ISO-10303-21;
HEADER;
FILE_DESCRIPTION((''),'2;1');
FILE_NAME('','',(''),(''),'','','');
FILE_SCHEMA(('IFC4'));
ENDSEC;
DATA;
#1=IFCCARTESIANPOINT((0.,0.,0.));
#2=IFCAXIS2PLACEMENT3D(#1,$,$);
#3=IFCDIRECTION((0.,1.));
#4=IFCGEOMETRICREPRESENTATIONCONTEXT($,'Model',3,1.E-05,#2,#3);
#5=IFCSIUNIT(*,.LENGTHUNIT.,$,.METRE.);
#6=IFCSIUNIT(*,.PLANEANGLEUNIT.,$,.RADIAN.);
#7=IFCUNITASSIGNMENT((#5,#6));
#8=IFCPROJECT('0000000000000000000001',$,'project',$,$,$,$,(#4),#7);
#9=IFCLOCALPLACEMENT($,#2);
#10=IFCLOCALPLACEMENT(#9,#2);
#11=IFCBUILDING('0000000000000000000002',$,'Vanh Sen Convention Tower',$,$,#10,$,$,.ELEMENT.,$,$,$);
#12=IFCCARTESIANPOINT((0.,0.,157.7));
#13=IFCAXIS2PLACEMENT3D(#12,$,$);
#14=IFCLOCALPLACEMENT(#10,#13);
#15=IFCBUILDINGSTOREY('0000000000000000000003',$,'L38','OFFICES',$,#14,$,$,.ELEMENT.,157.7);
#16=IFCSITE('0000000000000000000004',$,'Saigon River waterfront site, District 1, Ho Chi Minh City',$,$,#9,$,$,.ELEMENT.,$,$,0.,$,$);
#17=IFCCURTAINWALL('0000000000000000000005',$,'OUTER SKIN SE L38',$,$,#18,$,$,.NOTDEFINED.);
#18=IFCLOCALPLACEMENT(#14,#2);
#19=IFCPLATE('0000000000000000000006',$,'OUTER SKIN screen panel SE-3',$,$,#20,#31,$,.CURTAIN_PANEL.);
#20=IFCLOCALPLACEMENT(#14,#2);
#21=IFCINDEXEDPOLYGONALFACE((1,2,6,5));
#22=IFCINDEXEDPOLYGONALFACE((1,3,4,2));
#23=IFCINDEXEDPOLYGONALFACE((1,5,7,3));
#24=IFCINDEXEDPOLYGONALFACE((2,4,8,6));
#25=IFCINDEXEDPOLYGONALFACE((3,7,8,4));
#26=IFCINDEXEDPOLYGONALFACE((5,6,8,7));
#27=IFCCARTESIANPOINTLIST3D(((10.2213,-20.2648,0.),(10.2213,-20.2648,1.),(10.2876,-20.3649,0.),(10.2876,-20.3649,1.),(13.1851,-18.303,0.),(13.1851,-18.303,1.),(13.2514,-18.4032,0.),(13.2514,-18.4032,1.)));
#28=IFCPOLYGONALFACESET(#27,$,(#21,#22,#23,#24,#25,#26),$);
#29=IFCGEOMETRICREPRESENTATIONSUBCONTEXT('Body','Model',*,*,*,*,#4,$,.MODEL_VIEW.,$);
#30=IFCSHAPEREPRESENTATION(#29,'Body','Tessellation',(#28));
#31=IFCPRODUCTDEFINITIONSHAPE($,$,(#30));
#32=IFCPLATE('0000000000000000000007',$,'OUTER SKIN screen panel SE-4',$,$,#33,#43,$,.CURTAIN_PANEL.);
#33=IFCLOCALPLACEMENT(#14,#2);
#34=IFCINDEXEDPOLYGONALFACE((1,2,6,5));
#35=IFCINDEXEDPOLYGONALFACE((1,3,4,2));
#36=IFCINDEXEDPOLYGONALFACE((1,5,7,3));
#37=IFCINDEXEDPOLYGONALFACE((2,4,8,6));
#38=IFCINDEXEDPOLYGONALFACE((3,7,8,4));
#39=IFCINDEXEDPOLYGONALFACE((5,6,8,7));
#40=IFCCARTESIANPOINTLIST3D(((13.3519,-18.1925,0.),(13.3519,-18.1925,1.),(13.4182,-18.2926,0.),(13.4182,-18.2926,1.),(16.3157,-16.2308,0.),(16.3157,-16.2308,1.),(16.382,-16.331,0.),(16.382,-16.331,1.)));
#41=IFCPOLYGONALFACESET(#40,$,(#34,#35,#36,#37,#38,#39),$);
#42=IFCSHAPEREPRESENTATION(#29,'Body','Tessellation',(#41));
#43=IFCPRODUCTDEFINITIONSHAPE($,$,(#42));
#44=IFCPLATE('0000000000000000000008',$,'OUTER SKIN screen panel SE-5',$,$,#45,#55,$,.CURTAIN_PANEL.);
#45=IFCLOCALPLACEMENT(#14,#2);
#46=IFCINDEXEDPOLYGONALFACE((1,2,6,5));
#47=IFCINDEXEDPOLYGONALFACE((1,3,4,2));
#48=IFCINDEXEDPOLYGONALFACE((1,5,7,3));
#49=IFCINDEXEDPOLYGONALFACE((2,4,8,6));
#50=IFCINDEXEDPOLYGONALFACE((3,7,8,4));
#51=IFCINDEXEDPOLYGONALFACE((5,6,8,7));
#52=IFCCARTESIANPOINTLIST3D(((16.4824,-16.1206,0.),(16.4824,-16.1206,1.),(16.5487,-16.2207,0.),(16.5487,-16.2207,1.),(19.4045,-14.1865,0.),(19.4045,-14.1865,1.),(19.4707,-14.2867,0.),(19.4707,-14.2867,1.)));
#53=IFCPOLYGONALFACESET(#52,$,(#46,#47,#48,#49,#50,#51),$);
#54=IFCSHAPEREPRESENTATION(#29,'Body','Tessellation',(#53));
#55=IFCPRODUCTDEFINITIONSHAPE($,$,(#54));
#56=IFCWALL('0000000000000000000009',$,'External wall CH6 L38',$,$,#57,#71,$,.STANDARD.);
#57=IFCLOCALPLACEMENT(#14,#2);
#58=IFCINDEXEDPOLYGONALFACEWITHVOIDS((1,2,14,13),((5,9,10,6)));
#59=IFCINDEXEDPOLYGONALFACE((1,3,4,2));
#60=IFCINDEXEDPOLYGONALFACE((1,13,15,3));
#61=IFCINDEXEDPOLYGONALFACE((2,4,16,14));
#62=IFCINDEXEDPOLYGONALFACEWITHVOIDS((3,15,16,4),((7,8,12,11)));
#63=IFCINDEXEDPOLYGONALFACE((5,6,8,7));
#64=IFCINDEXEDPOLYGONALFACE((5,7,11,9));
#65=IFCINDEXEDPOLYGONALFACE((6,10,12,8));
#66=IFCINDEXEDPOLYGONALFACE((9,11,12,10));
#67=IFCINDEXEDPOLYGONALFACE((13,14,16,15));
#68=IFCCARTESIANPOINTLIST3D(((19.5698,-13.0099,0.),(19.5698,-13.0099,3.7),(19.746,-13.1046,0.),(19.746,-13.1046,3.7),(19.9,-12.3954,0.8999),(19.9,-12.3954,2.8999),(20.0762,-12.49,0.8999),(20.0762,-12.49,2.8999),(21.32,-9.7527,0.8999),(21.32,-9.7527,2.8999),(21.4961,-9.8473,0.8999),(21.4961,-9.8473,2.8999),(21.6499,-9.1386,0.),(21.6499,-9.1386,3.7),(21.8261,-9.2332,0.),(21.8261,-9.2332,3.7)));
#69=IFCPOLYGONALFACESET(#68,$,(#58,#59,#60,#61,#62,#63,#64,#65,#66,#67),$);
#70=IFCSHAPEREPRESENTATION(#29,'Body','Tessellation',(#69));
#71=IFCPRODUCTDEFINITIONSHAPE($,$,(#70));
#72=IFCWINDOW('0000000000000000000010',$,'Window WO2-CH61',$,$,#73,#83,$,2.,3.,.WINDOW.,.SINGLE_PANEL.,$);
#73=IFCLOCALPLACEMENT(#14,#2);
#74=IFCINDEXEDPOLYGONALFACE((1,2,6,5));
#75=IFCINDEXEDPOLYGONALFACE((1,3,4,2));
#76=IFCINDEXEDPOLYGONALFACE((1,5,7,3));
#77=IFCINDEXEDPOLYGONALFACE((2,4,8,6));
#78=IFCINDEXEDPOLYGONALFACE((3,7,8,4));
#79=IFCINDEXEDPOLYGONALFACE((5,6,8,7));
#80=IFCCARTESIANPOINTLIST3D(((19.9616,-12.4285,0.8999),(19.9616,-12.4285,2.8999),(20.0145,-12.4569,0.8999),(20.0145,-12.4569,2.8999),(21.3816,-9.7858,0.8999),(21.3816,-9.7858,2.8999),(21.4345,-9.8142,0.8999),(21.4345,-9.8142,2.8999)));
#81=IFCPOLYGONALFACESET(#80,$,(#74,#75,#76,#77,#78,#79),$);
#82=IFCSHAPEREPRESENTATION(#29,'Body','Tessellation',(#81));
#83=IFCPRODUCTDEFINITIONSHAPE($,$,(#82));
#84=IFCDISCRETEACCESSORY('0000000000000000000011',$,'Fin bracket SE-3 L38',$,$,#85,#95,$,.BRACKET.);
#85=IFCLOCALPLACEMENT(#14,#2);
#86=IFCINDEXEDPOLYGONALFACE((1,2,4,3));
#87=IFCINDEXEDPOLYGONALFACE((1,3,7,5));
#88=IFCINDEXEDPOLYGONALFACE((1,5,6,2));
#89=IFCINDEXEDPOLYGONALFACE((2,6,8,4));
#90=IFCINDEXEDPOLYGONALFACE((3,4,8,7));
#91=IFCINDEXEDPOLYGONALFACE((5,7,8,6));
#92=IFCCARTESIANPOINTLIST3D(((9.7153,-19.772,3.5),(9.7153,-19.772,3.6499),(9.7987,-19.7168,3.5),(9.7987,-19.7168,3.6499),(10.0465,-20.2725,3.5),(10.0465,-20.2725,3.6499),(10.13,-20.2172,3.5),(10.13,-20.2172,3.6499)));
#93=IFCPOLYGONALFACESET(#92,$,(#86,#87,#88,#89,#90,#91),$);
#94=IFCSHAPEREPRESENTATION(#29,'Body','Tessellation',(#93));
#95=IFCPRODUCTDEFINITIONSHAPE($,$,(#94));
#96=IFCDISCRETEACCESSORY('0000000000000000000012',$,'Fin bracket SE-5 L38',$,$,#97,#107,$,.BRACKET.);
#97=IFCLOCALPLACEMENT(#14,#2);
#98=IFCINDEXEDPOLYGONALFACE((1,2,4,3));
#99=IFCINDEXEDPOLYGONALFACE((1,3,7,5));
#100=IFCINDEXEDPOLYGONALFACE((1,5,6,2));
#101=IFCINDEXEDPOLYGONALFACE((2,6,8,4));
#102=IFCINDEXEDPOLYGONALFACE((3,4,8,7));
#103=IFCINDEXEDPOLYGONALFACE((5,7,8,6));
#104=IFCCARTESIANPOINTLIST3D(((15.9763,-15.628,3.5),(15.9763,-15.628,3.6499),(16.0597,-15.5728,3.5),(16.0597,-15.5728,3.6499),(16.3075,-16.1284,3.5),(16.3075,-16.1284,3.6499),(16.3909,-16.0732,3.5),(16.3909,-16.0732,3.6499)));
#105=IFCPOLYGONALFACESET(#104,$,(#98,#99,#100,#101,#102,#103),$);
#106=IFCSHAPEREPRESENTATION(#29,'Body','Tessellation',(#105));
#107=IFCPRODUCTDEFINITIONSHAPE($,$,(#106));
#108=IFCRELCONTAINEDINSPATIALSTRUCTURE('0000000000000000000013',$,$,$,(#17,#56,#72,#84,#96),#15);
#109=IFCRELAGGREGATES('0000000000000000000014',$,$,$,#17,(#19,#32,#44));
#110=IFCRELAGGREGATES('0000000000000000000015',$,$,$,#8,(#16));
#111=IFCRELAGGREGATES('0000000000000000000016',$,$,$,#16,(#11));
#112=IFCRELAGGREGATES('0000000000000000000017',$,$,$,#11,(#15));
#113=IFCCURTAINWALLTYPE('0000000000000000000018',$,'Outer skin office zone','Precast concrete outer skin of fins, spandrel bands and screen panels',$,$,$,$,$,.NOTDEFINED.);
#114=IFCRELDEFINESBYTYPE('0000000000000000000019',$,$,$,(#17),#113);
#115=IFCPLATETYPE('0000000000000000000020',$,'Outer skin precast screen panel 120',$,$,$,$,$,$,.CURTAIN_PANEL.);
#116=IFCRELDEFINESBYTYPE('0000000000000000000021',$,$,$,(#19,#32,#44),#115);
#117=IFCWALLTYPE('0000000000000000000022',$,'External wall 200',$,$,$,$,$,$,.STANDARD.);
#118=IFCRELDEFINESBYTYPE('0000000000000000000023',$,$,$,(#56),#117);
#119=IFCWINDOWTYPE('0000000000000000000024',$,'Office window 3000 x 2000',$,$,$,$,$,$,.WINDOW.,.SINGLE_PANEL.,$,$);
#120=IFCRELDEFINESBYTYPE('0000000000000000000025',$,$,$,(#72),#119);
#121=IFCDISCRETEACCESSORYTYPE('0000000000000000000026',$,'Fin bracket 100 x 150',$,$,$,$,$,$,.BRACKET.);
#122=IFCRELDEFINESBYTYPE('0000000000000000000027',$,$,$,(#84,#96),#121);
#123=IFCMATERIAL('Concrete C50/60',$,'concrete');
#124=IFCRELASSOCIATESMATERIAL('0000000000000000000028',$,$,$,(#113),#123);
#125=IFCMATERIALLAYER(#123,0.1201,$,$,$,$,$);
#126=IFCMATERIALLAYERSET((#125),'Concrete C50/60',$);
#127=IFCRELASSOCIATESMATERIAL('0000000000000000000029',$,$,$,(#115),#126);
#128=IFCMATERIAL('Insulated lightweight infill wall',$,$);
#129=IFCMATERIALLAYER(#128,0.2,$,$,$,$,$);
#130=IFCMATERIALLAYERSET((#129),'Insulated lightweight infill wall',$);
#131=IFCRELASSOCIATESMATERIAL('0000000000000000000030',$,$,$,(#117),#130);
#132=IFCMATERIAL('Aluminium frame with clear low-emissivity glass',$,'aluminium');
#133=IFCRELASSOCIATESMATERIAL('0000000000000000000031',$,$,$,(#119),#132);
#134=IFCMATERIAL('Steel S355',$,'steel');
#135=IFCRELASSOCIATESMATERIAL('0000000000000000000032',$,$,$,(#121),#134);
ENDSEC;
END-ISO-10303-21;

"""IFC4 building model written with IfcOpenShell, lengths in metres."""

from ifc_helpers import new_model, si_unit, direction, frame, frame_2d, origin, origin_2d, place, context, subcontext, project, spatial, rectangle, extrude, material, layer, layer_set, type_object, element, fill, aggregate, save


model = new_model("IFC4")

# Units and contexts
model_context = context("Model", 3, precision=1e-05, world=origin(), true_north=direction((0.0, 1.0)))
body_context = subcontext(model_context, "Body", "Model", "MODEL_VIEW")
ifc_project = project(units=[si_unit("LENGTHUNIT", "METRE"), si_unit("PLANEANGLEUNIT", "RADIAN")], contexts=[model_context])

# Site, building, storey
site_placement = place(None, origin())
site = spatial("IfcSite", under=ifc_project, at=site_placement, Name="Saigon River waterfront site, District 1, Ho Chi Minh City", CompositionType="ELEMENT", RefElevation=0.0)
building_placement = place(site_placement, origin())
building = spatial("IfcBuilding", under=site, at=building_placement, Name="Vanh Sen Convention Tower", CompositionType="ELEMENT")
storey_placement = place(building_placement, frame((0.0, 0.0, 157.7)))
storey = spatial("IfcBuildingStorey", under=building, at=storey_placement, Name="L38", Description="OFFICES", CompositionType="ELEMENT", Elevation=157.7)

# Curtain wall
ifc_material_1 = material(Name="Concrete C50/60", Category="concrete")
curtain_wall_type = type_object("IfcCurtainWallType", Name="Outer skin office zone", Description="Precast concrete outer skin of fins, spandrel bands and screen panels", PredefinedType="NOTDEFINED", material=ifc_material_1)
curtain_wall_1_placement = place(storey_placement, origin())
curtain_wall_1 = element("IfcCurtainWall", 1, at=curtain_wall_1_placement, inside=storey, type_object=curtain_wall_type, Name="OUTER SKIN SE L38", PredefinedType="NOTDEFINED")

# Plates
ifc_layer_1 = layer(ifc_material_1, 0.1201)
ifc_layer_set_1 = layer_set([ifc_layer_1], Name="Concrete C50/60")
plate_type = type_object("IfcPlateType", Name="Outer skin precast screen panel 120", PredefinedType="CURTAIN_PANEL", material=ifc_layer_set_1)
plate_1_placement = place(storey_placement, frame((11.7363, -19.334, 0.0), z_axis=(0.0, 0.0, 1.0), x_axis=(0.833877, 0.55195, 0.0)))
plate_1 = element("IfcPlate", 2, at=plate_1_placement, type_object=plate_type, Name="OUTER SKIN screen panel SE-3", PredefinedType="CURTAIN_PANEL", context=body_context, shape_type="SweptSolid", body=[
    extrude(rectangle(XDim=3.5542, YDim=0.1201, at=origin_2d()), origin(), (0.0, 0.0, 1.0), 1.0),
])
plate_2_placement = place(storey_placement, frame((14.8669, -17.2617, 0.0), z_axis=(0.0, 0.0, 1.0), x_axis=(0.83389, 0.551931, 0.0)))
plate_2 = element("IfcPlate", 3, at=plate_2_placement, type_object=plate_type, Name="OUTER SKIN screen panel SE-4", PredefinedType="CURTAIN_PANEL", context=body_context, shape_type="SweptSolid", body=[
    extrude(rectangle(XDim=3.5542, YDim=0.1201, at=origin_2d()), origin(), (0.0, 0.0, 1.0), 1.0),
])
plate_3_placement = place(storey_placement, frame((17.9766, -15.2036, 0.0), z_axis=(0.0, 0.0, 1.0), x_axis=(0.83389, 0.551931, 0.0)))
plate_3 = element("IfcPlate", 4, at=plate_3_placement, type_object=plate_type, Name="OUTER SKIN screen panel SE-5", PredefinedType="CURTAIN_PANEL", context=body_context, shape_type="SweptSolid", body=[
    extrude(rectangle(XDim=3.5042, YDim=0.1201, at=origin_2d()), origin(), (0.0, 0.0, 1.0), 1.0),
])
aggregate(curtain_wall_1, [plate_1, plate_2, plate_3])

# Wall, opening, window
ifc_material_2 = material(Name="Insulated lightweight infill wall")
ifc_layer_2 = layer(ifc_material_2, 0.2)
ifc_layer_set_2 = layer_set([ifc_layer_2], Name="Insulated lightweight infill wall")
wall_type = type_object("IfcWallType", Name="External wall 200", PredefinedType="STANDARD", material=ifc_layer_set_2)
wall_placement = place(storey_placement, frame((19.658, -13.0571, 0.0), z_axis=(0.0, 0.0, 1.0), x_axis=(0.473308, 0.880897, 0.0)))
wall = element("IfcWall", 5, at=wall_placement, inside=storey, type_object=wall_type, Name="External wall CH6 L38", PredefinedType="STANDARD", context=body_context, shape_type="SweptSolid", body=[
    extrude(rectangle(XDim=4.3948, YDim=0.2, at=frame_2d((2.1973, 0.0))), origin(), (0.0, 0.0, 1.0), 3.7),
])
opening_placement = place(wall_placement, frame((0.6975, 0.0, 0.8999)))
opening = element("IfcOpeningElement", 6, at=opening_placement, cuts=wall, PredefinedType="OPENING", context=body_context, shape_type="SweptSolid", body=[
    extrude(rectangle(XDim=3.0, YDim=2.0, at=frame_2d((1.5, 1.0))), frame((0.0, 0.1099, 0.0), z_axis=(0.0, -1.0, 0.0), x_axis=(1.0, 0.0, 0.0)), (0.0, 0.0, 1.0), 0.22),
])
ifc_material_3 = material(Name="Aluminium frame with clear low-emissivity glass", Category="aluminium")
window_type = type_object("IfcWindowType", Name="Office window 3000 x 2000", PartitioningType="SINGLE_PANEL", PredefinedType="WINDOW", material=ifc_material_3)
window_placement = place(opening_placement, origin())
window = element("IfcWindow", 7, at=window_placement, inside=storey, type_object=window_type, Name="Window WO2-CH61", OverallHeight=2.0, OverallWidth=3.0, PartitioningType="SINGLE_PANEL", PredefinedType="WINDOW", context=body_context, shape_type="SweptSolid", body=[
    extrude(rectangle(XDim=3.0, YDim=2.0, at=frame_2d((1.5, 1.0))), frame((0.0, 0.03, 0.0), z_axis=(0.0, -1.0, 0.0), x_axis=(1.0, 0.0, 0.0)), (0.0, 0.0, 1.0), 0.0601),
])
fill(opening, window)

# Discrete accessories
ifc_material_4 = material(Name="Steel S355", Category="steel")
discrete_accessory_type = type_object("IfcDiscreteAccessoryType", Name="Fin bracket 100 x 150", PredefinedType="BRACKET", material=ifc_material_4)
for number, where, z_axis, x_axis, name in (
    (8, (9.9226, -19.9946, 3.5), (0.0, 0.0, 1.0), (0.551937, -0.833886, 0.0), "Fin bracket SE-3 L38"),
    (9, (16.1836, -15.8506, 3.5), (0.0, 0.0, 1.0), (0.551937, -0.833886, 0.0), "Fin bracket SE-5 L38"),
):
    element("IfcDiscreteAccessory", number, at=place(storey_placement, frame(where, z_axis=z_axis, x_axis=x_axis)), inside=storey, type_object=discrete_accessory_type, Name=name, PredefinedType="BRACKET", context=body_context, shape_type="SweptSolid", body=[
        extrude(rectangle(XDim=0.6001, YDim=0.1001, at=origin_2d()), origin(), (0.0, 0.0, 1.0), 0.1499),
    ])

save(model, "model.ifc")
